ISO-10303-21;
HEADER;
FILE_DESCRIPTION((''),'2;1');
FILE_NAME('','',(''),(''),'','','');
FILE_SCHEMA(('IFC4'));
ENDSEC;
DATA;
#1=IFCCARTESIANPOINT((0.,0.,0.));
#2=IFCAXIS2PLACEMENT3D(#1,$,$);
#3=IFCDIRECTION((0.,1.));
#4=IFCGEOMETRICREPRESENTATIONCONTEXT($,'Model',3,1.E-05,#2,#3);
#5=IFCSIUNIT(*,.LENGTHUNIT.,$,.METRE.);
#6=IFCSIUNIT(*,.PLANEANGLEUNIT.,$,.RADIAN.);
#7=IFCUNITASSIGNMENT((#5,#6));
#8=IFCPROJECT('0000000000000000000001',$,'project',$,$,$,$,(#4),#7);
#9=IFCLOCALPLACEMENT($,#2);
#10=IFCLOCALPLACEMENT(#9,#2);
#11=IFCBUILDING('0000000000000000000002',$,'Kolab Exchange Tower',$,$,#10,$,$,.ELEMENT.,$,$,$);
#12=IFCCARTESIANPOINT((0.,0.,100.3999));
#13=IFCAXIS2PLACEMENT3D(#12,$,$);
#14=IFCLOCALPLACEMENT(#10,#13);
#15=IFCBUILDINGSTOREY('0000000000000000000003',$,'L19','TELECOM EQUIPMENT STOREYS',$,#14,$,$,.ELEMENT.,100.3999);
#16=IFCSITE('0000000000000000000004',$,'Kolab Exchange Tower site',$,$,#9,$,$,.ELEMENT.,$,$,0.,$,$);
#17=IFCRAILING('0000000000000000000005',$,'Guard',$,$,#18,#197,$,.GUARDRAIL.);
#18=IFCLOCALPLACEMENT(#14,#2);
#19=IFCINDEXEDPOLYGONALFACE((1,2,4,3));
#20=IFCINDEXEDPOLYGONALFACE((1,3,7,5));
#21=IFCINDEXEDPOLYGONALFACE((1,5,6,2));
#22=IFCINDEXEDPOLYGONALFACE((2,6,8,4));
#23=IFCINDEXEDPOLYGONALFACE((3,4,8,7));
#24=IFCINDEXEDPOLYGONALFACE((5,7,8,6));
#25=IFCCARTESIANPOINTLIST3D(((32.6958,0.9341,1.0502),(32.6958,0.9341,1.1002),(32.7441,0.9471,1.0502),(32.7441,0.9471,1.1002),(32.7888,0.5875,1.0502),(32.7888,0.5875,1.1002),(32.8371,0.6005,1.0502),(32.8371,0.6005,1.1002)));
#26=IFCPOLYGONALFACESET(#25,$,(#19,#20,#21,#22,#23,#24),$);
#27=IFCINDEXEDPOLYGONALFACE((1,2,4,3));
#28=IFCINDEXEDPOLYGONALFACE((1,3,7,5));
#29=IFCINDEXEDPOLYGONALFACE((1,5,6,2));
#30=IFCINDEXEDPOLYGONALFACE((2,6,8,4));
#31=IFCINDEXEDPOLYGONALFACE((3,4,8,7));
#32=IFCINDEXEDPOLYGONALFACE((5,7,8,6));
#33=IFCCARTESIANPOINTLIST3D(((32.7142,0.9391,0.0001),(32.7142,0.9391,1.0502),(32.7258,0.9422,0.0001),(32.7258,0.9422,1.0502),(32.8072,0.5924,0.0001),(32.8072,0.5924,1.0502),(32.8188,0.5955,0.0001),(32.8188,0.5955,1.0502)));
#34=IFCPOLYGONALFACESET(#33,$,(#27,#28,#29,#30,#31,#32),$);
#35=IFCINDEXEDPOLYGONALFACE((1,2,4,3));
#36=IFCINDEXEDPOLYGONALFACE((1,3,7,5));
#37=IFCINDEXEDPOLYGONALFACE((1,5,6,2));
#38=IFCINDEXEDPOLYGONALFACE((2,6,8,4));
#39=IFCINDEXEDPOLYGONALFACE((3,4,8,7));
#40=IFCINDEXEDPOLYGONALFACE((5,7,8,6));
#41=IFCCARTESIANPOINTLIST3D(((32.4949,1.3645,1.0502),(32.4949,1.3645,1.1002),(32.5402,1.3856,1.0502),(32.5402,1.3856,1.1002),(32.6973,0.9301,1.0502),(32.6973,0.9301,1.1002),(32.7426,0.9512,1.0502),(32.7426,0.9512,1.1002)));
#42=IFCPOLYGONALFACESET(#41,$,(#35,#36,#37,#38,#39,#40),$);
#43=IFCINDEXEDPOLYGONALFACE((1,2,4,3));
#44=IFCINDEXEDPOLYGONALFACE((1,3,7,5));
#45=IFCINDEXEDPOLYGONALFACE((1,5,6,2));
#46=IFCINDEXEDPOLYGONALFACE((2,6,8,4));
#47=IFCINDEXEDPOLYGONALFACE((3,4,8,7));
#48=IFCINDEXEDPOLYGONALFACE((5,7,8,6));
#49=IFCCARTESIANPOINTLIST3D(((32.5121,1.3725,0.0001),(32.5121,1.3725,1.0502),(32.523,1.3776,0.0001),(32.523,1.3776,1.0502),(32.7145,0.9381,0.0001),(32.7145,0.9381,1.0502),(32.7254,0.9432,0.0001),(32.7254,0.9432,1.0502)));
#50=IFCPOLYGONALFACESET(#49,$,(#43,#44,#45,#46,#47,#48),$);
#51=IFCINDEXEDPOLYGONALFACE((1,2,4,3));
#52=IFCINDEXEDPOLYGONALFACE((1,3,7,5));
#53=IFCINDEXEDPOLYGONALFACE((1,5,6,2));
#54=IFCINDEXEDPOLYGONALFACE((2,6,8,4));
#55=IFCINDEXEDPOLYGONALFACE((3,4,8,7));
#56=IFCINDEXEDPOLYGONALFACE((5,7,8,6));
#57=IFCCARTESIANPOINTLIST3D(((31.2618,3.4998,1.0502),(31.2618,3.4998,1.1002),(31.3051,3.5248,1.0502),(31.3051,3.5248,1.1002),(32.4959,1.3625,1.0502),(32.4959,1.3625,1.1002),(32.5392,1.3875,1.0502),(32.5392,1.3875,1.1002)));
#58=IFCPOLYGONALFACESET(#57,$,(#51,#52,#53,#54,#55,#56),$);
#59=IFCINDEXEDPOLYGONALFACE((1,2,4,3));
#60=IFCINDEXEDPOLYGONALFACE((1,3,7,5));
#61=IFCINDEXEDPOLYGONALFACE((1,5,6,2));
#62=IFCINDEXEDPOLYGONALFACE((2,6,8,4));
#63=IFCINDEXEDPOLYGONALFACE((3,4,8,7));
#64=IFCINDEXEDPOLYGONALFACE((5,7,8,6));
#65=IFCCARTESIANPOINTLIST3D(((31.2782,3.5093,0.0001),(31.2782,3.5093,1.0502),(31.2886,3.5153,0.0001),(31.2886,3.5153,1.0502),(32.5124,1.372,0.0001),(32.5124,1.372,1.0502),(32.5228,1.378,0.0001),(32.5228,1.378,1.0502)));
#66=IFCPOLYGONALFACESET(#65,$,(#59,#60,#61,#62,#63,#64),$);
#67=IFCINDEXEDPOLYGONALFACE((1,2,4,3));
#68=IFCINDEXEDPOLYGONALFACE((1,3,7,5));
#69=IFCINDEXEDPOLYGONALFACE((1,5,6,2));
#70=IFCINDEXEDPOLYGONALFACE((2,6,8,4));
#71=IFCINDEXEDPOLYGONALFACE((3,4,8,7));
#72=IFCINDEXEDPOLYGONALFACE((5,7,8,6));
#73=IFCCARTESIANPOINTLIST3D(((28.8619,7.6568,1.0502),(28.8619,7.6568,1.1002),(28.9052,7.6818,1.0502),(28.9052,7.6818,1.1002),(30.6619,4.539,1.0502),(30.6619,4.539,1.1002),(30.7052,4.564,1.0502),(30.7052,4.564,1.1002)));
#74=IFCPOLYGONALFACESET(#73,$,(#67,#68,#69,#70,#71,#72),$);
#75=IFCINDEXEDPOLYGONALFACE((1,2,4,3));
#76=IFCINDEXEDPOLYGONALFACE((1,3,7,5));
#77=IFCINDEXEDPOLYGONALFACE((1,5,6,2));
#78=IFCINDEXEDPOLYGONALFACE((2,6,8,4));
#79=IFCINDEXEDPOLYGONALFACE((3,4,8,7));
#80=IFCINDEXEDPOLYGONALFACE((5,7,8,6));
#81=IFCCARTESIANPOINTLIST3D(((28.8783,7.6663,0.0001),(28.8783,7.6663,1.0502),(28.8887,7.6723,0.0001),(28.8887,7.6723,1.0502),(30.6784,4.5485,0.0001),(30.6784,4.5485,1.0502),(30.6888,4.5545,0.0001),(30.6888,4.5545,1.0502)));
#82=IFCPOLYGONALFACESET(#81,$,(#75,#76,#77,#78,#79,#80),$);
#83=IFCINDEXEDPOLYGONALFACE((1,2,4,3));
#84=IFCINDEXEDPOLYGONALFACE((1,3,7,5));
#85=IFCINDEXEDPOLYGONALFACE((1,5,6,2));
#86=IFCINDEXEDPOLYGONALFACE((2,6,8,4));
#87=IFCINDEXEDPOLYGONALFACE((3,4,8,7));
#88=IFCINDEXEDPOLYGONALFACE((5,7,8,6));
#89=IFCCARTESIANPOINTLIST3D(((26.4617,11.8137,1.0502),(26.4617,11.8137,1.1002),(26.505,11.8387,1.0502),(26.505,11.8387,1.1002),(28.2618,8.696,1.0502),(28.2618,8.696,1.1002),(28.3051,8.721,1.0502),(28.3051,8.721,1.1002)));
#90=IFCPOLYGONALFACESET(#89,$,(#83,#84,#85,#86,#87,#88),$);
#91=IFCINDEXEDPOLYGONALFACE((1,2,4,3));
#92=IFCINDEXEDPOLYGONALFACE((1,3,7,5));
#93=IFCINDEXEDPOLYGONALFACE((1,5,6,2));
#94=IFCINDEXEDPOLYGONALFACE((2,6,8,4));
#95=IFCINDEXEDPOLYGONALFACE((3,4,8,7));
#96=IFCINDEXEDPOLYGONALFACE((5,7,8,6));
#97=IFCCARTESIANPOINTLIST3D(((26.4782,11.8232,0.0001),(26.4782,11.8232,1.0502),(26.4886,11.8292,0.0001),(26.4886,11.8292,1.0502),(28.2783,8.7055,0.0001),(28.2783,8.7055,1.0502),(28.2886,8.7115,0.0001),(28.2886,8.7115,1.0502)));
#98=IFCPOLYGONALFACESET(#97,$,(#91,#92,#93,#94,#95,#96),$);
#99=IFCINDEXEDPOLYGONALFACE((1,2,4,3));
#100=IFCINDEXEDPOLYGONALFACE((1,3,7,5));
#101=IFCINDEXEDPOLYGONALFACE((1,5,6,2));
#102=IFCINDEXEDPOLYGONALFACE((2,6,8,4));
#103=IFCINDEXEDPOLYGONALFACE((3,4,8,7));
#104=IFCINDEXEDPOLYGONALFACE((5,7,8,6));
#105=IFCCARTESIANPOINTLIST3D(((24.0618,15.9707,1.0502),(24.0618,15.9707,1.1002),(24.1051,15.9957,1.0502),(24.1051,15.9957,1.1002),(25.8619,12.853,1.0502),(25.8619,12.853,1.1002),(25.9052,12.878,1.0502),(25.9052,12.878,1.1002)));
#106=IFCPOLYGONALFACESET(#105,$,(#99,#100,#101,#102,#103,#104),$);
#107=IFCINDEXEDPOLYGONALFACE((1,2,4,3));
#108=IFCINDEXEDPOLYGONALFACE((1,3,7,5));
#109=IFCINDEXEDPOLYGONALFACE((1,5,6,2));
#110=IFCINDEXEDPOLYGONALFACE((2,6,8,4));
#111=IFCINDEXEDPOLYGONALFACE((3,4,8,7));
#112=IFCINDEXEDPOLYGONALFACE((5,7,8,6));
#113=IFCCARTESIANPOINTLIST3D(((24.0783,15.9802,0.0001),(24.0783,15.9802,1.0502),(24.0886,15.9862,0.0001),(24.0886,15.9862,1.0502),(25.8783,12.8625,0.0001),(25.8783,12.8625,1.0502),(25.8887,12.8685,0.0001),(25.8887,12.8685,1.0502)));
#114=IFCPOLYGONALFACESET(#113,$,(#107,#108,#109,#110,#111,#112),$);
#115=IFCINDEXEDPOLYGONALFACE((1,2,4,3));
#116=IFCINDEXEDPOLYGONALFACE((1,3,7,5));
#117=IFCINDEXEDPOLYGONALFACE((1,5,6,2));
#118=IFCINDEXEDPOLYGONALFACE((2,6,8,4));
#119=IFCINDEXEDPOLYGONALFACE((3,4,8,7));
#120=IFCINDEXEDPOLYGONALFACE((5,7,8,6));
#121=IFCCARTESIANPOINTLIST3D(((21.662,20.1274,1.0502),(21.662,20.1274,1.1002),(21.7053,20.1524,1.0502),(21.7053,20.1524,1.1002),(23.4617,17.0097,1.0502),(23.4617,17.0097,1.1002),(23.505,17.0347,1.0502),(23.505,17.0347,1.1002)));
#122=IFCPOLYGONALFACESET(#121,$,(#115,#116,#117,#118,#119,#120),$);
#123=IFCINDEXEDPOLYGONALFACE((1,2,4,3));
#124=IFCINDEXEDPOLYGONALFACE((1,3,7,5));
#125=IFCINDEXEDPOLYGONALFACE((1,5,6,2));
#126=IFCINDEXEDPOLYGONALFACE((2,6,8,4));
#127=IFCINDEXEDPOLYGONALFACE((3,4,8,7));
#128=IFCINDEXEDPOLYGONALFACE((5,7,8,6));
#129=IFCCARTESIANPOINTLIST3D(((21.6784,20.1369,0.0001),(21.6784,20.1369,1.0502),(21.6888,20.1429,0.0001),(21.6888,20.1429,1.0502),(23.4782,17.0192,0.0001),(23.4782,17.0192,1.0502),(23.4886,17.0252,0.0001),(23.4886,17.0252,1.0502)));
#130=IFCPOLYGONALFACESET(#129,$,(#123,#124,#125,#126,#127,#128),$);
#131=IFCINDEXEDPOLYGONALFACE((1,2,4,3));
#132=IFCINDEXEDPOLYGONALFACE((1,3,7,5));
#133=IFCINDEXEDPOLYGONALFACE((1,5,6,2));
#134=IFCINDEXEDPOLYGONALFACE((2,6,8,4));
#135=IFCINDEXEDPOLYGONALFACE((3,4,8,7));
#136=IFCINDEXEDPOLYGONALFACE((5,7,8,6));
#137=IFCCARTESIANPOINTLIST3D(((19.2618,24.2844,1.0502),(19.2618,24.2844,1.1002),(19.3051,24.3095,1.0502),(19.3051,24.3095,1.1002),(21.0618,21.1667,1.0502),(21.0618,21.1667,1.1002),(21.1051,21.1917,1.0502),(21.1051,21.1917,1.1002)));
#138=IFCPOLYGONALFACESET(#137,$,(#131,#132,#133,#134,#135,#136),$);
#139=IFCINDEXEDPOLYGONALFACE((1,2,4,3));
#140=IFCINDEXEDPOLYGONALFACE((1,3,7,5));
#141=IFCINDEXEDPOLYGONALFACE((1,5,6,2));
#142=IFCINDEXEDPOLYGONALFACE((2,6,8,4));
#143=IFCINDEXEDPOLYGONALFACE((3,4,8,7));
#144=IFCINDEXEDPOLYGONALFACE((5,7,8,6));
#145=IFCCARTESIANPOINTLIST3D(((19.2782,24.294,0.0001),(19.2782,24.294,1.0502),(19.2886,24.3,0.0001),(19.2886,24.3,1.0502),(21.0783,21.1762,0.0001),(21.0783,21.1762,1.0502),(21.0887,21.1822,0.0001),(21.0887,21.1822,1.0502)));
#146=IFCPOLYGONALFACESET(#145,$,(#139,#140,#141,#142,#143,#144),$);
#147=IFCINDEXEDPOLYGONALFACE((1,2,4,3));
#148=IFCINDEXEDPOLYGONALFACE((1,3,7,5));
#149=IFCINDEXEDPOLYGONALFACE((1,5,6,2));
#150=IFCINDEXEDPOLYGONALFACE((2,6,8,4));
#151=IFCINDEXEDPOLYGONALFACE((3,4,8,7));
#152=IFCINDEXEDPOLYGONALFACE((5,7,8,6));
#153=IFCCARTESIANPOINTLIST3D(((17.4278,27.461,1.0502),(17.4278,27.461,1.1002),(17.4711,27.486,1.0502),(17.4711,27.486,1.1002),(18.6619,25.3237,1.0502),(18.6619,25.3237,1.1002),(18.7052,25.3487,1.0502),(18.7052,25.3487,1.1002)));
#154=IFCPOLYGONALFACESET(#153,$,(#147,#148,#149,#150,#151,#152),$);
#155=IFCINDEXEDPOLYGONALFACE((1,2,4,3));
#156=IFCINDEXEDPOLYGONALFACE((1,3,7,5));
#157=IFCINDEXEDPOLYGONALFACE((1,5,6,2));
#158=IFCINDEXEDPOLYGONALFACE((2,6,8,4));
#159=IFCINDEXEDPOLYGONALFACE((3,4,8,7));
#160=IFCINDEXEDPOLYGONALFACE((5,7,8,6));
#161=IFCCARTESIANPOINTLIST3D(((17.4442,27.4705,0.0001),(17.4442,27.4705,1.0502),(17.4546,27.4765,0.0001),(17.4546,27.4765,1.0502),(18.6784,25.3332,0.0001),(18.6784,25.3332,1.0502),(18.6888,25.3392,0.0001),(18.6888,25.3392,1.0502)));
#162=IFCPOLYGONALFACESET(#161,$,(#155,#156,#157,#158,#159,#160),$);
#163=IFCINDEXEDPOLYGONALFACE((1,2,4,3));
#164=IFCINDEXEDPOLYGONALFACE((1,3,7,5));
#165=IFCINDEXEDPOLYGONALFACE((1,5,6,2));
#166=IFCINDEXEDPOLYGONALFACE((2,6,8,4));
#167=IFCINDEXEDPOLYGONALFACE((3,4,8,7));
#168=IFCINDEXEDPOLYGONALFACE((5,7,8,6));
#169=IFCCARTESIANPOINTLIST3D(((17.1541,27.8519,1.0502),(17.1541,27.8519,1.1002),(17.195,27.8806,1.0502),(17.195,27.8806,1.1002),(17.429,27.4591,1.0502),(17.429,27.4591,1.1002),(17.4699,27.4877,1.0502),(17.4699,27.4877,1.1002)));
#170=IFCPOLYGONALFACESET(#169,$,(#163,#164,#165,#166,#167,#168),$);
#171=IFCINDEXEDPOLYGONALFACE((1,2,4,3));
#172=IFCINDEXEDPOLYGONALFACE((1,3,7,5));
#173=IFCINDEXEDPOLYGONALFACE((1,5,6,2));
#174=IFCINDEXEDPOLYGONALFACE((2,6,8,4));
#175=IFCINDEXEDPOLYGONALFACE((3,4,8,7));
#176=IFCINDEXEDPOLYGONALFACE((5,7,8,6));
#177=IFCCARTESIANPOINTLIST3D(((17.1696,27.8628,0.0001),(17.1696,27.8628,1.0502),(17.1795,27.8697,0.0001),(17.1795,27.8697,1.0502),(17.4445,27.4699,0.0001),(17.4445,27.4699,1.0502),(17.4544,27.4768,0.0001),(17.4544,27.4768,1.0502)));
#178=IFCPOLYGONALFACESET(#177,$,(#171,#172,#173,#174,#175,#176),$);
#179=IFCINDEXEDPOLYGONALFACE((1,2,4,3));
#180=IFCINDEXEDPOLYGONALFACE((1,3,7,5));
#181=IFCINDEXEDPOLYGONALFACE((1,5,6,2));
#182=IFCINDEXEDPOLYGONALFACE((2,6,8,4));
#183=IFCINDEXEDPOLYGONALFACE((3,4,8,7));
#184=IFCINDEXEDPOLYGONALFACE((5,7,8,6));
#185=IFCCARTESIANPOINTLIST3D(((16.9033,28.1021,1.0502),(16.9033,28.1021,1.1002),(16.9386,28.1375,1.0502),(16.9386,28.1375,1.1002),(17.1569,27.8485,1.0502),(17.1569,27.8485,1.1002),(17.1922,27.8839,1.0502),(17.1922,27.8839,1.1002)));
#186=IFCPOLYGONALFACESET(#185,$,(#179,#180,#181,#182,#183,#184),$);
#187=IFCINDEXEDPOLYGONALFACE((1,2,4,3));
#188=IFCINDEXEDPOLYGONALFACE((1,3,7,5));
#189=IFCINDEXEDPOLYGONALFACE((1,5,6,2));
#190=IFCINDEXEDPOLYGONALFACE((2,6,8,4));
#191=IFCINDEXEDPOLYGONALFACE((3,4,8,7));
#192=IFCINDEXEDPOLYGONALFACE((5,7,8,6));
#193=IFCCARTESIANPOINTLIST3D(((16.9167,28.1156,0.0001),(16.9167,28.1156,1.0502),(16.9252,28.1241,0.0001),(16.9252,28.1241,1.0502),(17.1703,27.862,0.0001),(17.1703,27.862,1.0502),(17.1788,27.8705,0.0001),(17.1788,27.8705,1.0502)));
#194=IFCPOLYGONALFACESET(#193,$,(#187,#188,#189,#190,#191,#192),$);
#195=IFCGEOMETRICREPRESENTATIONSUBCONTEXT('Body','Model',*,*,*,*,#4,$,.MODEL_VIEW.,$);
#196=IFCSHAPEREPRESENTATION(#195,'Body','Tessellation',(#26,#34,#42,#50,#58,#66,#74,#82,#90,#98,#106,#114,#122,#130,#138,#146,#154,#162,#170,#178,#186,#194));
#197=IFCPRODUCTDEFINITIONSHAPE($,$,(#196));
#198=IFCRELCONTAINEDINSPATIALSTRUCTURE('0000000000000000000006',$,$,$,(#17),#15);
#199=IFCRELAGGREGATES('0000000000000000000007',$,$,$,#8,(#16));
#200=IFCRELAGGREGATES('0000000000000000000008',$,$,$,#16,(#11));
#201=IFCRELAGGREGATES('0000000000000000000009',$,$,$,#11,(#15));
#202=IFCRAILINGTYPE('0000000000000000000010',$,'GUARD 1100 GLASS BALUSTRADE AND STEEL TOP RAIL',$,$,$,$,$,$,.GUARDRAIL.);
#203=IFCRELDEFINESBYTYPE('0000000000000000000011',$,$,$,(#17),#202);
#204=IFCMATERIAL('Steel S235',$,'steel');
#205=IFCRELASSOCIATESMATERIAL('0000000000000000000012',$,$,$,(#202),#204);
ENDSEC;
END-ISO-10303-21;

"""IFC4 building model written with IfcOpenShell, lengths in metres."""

from ifc_helpers import new_model, si_unit, direction, frame, frame_2d, origin, origin_2d, place, context, subcontext, project, spatial, rectangle, extrude, material, type_object, element, save


model = new_model("IFC4")

# Units and contexts
model_context = context("Model", 3, precision=1e-05, world=origin(), true_north=direction((0.0, 1.0)))
body_context = subcontext(model_context, "Body", "Model", "MODEL_VIEW")
ifc_project = project(units=[si_unit("LENGTHUNIT", "METRE"), si_unit("PLANEANGLEUNIT", "RADIAN")], contexts=[model_context])

# Site, building, storey
site_placement = place(None, origin())
site = spatial("IfcSite", under=ifc_project, at=site_placement, Name="Kolab Exchange Tower site", CompositionType="ELEMENT", RefElevation=0.0)
building_placement = place(site_placement, origin())
building = spatial("IfcBuilding", under=site, at=building_placement, Name="Kolab Exchange Tower", CompositionType="ELEMENT")
storey_placement = place(building_placement, frame((0.0, 0.0, 100.3999)))
storey = spatial("IfcBuildingStorey", under=building, at=storey_placement, Name="L19", Description="TELECOM EQUIPMENT STOREYS", CompositionType="ELEMENT", Elevation=100.3999)

# Railing
ifc_material_1 = material(Name="Steel S235", Category="steel")
railing_type = type_object("IfcRailingType", Name="GUARD 1100 GLASS BALUSTRADE AND STEEL TOP RAIL", PredefinedType="GUARDRAIL", material=ifc_material_1)
railing_placement = place(storey_placement, frame((32.813, 0.594, 0.0)))
element("IfcRailing", 1, at=railing_placement, inside=storey, type_object=railing_type, Name="Guard", PredefinedType="GUARDRAIL", context=body_context, shape_type="SweptSolid", body=[
    extrude(rectangle(XDim=0.05, YDim=0.05, at=origin_2d()), frame((0.0, 0.0, 1.0752), z_axis=(-0.259144, 0.965839, 0.0), x_axis=(-0.965839, -0.259144, 0.0)), (0.0, 0.0, 1.0), 0.3589),
    extrude(rectangle(XDim=0.012, YDim=1.0501, at=frame_2d((0.0, 0.5251))), frame((0.0, 0.0, 0.0), z_axis=(-0.259144, 0.965839, 0.0), x_axis=(-0.965839, -0.259144, 0.0)), (0.0, 0.0, 1.0), 0.3589),
    extrude(rectangle(XDim=0.05, YDim=0.05, at=origin_2d()), frame((-0.093, 0.3467, 1.0752), z_axis=(-0.422383, 0.906417, 0.0), x_axis=(-0.906417, -0.422383, 0.0)), (0.0, 0.0, 1.0), 0.4792),
    extrude(rectangle(XDim=0.012, YDim=1.0501, at=frame_2d((0.0, 0.5251))), frame((-0.093, 0.3467, 0.0), z_axis=(-0.422383, 0.906417, 0.0), x_axis=(-0.906417, -0.422383, 0.0)), (0.0, 0.0, 1.0), 0.4792),
    extrude(rectangle(XDim=0.05, YDim=0.05, at=origin_2d()), frame((-0.2954, 0.781, 1.0752), z_axis=(-0.500065, 0.865988, 0.0), x_axis=(-0.865988, -0.500065, 0.0)), (0.0, 0.0, 1.0), 2.468),
    extrude(rectangle(XDim=0.012, YDim=1.0501, at=frame_2d((0.0, 0.5251))), frame((-0.2954, 0.781, 0.0), z_axis=(-0.500065, 0.865988, 0.0), x_axis=(-0.865988, -0.500065, 0.0)), (0.0, 0.0, 1.0), 2.468),
    extrude(rectangle(XDim=0.05, YDim=0.05, at=origin_2d()), frame((-2.1294, 3.9575, 1.0752), z_axis=(-0.500012, 0.866018, 0.0), x_axis=(-0.866018, -0.500012, 0.0)), (0.0, 0.0, 1.0), 3.6001),
    extrude(rectangle(XDim=0.012, YDim=1.0501, at=frame_2d((0.0, 0.5251))), frame((-2.1294, 3.9575, 0.0), z_axis=(-0.500012, 0.866018, 0.0), x_axis=(-0.866018, -0.500012, 0.0)), (0.0, 0.0, 1.0), 3.6001),
    extrude(rectangle(XDim=0.05, YDim=0.05, at=origin_2d()), frame((-4.5295, 8.1145, 1.0752), z_axis=(-0.500012, 0.866018, 0.0), x_axis=(-0.866018, -0.500012, 0.0)), (0.0, 0.0, 1.0), 3.6001),
    extrude(rectangle(XDim=0.012, YDim=1.0501, at=frame_2d((0.0, 0.5251))), frame((-4.5295, 8.1145, 0.0), z_axis=(-0.500012, 0.866018, 0.0), x_axis=(-0.866018, -0.500012, 0.0)), (0.0, 0.0, 1.0), 3.6001),
    extrude(rectangle(XDim=0.05, YDim=0.05, at=origin_2d()), frame((-6.9294, 12.2715, 1.0752), z_axis=(-0.500012, 0.866018, 0.0), x_axis=(-0.866018, -0.500012, 0.0)), (0.0, 0.0, 1.0), 3.6001),
    extrude(rectangle(XDim=0.012, YDim=1.0501, at=frame_2d((0.0, 0.5251))), frame((-6.9294, 12.2715, 0.0), z_axis=(-0.500012, 0.866018, 0.0), x_axis=(-0.866018, -0.500012, 0.0)), (0.0, 0.0, 1.0), 3.6001),
    extrude(rectangle(XDim=0.05, YDim=0.05, at=origin_2d()), frame((-9.3296, 16.4282, 1.0752), z_axis=(-0.499961, 0.866048, 0.0), x_axis=(-0.866048, -0.499961, 0.0)), (0.0, 0.0, 1.0), 3.5999),
    extrude(rectangle(XDim=0.012, YDim=1.0501, at=frame_2d((0.0, 0.5251))), frame((-9.3296, 16.4282, 0.0), z_axis=(-0.499961, 0.866048, 0.0), x_axis=(-0.866048, -0.499961, 0.0)), (0.0, 0.0, 1.0), 3.5999),
    extrude(rectangle(XDim=0.05, YDim=0.05, at=origin_2d()), frame((-11.7295, 20.5852, 1.0752), z_axis=(-0.500012, 0.866018, 0.0), x_axis=(-0.866018, -0.500012, 0.0)), (0.0, 0.0, 1.0), 3.6001),
    extrude(rectangle(XDim=0.012, YDim=1.0501, at=frame_2d((0.0, 0.5251))), frame((-11.7295, 20.5852, 0.0), z_axis=(-0.500012, 0.866018, 0.0), x_axis=(-0.866018, -0.500012, 0.0)), (0.0, 0.0, 1.0), 3.6001),
    extrude(rectangle(XDim=0.05, YDim=0.05, at=origin_2d()), frame((-14.1294, 24.7422, 1.0752), z_axis=(-0.500065, 0.865988, 0.0), x_axis=(-0.865988, -0.500065, 0.0)), (0.0, 0.0, 1.0), 2.468),
    extrude(rectangle(XDim=0.012, YDim=1.0501, at=frame_2d((0.0, 0.5251))), frame((-14.1294, 24.7422, 0.0), z_axis=(-0.500065, 0.865988, 0.0), x_axis=(-0.865988, -0.500065, 0.0)), (0.0, 0.0, 1.0), 2.468),
    extrude(rectangle(XDim=0.05, YDim=0.05, at=origin_2d()), frame((-15.3635, 26.8794, 1.0752), z_axis=(-0.57336, 0.819304, 0.0), x_axis=(-0.819304, -0.57336, 0.0)), (0.0, 0.0, 1.0), 0.4795),
    extrude(rectangle(XDim=0.012, YDim=1.0501, at=frame_2d((0.0, 0.5251))), frame((-15.3635, 26.8794, 0.0), z_axis=(-0.57336, 0.819304, 0.0), x_axis=(-0.819304, -0.57336, 0.0)), (0.0, 0.0, 1.0), 0.4795),
    extrude(rectangle(XDim=0.05, YDim=0.05, at=origin_2d()), frame((-15.6384, 27.2722, 1.0752), z_axis=(-0.707107, 0.707107, 0.0), x_axis=(-0.707107, -0.707107, 0.0)), (0.0, 0.0, 1.0), 0.3586),
    extrude(rectangle(XDim=0.012, YDim=1.0501, at=frame_2d((0.0, 0.5251))), frame((-15.6384, 27.2722, 0.0), z_axis=(-0.707107, 0.707107, 0.0), x_axis=(-0.707107, -0.707107, 0.0)), (0.0, 0.0, 1.0), 0.3586),
])

save(model, "model.ifc")
